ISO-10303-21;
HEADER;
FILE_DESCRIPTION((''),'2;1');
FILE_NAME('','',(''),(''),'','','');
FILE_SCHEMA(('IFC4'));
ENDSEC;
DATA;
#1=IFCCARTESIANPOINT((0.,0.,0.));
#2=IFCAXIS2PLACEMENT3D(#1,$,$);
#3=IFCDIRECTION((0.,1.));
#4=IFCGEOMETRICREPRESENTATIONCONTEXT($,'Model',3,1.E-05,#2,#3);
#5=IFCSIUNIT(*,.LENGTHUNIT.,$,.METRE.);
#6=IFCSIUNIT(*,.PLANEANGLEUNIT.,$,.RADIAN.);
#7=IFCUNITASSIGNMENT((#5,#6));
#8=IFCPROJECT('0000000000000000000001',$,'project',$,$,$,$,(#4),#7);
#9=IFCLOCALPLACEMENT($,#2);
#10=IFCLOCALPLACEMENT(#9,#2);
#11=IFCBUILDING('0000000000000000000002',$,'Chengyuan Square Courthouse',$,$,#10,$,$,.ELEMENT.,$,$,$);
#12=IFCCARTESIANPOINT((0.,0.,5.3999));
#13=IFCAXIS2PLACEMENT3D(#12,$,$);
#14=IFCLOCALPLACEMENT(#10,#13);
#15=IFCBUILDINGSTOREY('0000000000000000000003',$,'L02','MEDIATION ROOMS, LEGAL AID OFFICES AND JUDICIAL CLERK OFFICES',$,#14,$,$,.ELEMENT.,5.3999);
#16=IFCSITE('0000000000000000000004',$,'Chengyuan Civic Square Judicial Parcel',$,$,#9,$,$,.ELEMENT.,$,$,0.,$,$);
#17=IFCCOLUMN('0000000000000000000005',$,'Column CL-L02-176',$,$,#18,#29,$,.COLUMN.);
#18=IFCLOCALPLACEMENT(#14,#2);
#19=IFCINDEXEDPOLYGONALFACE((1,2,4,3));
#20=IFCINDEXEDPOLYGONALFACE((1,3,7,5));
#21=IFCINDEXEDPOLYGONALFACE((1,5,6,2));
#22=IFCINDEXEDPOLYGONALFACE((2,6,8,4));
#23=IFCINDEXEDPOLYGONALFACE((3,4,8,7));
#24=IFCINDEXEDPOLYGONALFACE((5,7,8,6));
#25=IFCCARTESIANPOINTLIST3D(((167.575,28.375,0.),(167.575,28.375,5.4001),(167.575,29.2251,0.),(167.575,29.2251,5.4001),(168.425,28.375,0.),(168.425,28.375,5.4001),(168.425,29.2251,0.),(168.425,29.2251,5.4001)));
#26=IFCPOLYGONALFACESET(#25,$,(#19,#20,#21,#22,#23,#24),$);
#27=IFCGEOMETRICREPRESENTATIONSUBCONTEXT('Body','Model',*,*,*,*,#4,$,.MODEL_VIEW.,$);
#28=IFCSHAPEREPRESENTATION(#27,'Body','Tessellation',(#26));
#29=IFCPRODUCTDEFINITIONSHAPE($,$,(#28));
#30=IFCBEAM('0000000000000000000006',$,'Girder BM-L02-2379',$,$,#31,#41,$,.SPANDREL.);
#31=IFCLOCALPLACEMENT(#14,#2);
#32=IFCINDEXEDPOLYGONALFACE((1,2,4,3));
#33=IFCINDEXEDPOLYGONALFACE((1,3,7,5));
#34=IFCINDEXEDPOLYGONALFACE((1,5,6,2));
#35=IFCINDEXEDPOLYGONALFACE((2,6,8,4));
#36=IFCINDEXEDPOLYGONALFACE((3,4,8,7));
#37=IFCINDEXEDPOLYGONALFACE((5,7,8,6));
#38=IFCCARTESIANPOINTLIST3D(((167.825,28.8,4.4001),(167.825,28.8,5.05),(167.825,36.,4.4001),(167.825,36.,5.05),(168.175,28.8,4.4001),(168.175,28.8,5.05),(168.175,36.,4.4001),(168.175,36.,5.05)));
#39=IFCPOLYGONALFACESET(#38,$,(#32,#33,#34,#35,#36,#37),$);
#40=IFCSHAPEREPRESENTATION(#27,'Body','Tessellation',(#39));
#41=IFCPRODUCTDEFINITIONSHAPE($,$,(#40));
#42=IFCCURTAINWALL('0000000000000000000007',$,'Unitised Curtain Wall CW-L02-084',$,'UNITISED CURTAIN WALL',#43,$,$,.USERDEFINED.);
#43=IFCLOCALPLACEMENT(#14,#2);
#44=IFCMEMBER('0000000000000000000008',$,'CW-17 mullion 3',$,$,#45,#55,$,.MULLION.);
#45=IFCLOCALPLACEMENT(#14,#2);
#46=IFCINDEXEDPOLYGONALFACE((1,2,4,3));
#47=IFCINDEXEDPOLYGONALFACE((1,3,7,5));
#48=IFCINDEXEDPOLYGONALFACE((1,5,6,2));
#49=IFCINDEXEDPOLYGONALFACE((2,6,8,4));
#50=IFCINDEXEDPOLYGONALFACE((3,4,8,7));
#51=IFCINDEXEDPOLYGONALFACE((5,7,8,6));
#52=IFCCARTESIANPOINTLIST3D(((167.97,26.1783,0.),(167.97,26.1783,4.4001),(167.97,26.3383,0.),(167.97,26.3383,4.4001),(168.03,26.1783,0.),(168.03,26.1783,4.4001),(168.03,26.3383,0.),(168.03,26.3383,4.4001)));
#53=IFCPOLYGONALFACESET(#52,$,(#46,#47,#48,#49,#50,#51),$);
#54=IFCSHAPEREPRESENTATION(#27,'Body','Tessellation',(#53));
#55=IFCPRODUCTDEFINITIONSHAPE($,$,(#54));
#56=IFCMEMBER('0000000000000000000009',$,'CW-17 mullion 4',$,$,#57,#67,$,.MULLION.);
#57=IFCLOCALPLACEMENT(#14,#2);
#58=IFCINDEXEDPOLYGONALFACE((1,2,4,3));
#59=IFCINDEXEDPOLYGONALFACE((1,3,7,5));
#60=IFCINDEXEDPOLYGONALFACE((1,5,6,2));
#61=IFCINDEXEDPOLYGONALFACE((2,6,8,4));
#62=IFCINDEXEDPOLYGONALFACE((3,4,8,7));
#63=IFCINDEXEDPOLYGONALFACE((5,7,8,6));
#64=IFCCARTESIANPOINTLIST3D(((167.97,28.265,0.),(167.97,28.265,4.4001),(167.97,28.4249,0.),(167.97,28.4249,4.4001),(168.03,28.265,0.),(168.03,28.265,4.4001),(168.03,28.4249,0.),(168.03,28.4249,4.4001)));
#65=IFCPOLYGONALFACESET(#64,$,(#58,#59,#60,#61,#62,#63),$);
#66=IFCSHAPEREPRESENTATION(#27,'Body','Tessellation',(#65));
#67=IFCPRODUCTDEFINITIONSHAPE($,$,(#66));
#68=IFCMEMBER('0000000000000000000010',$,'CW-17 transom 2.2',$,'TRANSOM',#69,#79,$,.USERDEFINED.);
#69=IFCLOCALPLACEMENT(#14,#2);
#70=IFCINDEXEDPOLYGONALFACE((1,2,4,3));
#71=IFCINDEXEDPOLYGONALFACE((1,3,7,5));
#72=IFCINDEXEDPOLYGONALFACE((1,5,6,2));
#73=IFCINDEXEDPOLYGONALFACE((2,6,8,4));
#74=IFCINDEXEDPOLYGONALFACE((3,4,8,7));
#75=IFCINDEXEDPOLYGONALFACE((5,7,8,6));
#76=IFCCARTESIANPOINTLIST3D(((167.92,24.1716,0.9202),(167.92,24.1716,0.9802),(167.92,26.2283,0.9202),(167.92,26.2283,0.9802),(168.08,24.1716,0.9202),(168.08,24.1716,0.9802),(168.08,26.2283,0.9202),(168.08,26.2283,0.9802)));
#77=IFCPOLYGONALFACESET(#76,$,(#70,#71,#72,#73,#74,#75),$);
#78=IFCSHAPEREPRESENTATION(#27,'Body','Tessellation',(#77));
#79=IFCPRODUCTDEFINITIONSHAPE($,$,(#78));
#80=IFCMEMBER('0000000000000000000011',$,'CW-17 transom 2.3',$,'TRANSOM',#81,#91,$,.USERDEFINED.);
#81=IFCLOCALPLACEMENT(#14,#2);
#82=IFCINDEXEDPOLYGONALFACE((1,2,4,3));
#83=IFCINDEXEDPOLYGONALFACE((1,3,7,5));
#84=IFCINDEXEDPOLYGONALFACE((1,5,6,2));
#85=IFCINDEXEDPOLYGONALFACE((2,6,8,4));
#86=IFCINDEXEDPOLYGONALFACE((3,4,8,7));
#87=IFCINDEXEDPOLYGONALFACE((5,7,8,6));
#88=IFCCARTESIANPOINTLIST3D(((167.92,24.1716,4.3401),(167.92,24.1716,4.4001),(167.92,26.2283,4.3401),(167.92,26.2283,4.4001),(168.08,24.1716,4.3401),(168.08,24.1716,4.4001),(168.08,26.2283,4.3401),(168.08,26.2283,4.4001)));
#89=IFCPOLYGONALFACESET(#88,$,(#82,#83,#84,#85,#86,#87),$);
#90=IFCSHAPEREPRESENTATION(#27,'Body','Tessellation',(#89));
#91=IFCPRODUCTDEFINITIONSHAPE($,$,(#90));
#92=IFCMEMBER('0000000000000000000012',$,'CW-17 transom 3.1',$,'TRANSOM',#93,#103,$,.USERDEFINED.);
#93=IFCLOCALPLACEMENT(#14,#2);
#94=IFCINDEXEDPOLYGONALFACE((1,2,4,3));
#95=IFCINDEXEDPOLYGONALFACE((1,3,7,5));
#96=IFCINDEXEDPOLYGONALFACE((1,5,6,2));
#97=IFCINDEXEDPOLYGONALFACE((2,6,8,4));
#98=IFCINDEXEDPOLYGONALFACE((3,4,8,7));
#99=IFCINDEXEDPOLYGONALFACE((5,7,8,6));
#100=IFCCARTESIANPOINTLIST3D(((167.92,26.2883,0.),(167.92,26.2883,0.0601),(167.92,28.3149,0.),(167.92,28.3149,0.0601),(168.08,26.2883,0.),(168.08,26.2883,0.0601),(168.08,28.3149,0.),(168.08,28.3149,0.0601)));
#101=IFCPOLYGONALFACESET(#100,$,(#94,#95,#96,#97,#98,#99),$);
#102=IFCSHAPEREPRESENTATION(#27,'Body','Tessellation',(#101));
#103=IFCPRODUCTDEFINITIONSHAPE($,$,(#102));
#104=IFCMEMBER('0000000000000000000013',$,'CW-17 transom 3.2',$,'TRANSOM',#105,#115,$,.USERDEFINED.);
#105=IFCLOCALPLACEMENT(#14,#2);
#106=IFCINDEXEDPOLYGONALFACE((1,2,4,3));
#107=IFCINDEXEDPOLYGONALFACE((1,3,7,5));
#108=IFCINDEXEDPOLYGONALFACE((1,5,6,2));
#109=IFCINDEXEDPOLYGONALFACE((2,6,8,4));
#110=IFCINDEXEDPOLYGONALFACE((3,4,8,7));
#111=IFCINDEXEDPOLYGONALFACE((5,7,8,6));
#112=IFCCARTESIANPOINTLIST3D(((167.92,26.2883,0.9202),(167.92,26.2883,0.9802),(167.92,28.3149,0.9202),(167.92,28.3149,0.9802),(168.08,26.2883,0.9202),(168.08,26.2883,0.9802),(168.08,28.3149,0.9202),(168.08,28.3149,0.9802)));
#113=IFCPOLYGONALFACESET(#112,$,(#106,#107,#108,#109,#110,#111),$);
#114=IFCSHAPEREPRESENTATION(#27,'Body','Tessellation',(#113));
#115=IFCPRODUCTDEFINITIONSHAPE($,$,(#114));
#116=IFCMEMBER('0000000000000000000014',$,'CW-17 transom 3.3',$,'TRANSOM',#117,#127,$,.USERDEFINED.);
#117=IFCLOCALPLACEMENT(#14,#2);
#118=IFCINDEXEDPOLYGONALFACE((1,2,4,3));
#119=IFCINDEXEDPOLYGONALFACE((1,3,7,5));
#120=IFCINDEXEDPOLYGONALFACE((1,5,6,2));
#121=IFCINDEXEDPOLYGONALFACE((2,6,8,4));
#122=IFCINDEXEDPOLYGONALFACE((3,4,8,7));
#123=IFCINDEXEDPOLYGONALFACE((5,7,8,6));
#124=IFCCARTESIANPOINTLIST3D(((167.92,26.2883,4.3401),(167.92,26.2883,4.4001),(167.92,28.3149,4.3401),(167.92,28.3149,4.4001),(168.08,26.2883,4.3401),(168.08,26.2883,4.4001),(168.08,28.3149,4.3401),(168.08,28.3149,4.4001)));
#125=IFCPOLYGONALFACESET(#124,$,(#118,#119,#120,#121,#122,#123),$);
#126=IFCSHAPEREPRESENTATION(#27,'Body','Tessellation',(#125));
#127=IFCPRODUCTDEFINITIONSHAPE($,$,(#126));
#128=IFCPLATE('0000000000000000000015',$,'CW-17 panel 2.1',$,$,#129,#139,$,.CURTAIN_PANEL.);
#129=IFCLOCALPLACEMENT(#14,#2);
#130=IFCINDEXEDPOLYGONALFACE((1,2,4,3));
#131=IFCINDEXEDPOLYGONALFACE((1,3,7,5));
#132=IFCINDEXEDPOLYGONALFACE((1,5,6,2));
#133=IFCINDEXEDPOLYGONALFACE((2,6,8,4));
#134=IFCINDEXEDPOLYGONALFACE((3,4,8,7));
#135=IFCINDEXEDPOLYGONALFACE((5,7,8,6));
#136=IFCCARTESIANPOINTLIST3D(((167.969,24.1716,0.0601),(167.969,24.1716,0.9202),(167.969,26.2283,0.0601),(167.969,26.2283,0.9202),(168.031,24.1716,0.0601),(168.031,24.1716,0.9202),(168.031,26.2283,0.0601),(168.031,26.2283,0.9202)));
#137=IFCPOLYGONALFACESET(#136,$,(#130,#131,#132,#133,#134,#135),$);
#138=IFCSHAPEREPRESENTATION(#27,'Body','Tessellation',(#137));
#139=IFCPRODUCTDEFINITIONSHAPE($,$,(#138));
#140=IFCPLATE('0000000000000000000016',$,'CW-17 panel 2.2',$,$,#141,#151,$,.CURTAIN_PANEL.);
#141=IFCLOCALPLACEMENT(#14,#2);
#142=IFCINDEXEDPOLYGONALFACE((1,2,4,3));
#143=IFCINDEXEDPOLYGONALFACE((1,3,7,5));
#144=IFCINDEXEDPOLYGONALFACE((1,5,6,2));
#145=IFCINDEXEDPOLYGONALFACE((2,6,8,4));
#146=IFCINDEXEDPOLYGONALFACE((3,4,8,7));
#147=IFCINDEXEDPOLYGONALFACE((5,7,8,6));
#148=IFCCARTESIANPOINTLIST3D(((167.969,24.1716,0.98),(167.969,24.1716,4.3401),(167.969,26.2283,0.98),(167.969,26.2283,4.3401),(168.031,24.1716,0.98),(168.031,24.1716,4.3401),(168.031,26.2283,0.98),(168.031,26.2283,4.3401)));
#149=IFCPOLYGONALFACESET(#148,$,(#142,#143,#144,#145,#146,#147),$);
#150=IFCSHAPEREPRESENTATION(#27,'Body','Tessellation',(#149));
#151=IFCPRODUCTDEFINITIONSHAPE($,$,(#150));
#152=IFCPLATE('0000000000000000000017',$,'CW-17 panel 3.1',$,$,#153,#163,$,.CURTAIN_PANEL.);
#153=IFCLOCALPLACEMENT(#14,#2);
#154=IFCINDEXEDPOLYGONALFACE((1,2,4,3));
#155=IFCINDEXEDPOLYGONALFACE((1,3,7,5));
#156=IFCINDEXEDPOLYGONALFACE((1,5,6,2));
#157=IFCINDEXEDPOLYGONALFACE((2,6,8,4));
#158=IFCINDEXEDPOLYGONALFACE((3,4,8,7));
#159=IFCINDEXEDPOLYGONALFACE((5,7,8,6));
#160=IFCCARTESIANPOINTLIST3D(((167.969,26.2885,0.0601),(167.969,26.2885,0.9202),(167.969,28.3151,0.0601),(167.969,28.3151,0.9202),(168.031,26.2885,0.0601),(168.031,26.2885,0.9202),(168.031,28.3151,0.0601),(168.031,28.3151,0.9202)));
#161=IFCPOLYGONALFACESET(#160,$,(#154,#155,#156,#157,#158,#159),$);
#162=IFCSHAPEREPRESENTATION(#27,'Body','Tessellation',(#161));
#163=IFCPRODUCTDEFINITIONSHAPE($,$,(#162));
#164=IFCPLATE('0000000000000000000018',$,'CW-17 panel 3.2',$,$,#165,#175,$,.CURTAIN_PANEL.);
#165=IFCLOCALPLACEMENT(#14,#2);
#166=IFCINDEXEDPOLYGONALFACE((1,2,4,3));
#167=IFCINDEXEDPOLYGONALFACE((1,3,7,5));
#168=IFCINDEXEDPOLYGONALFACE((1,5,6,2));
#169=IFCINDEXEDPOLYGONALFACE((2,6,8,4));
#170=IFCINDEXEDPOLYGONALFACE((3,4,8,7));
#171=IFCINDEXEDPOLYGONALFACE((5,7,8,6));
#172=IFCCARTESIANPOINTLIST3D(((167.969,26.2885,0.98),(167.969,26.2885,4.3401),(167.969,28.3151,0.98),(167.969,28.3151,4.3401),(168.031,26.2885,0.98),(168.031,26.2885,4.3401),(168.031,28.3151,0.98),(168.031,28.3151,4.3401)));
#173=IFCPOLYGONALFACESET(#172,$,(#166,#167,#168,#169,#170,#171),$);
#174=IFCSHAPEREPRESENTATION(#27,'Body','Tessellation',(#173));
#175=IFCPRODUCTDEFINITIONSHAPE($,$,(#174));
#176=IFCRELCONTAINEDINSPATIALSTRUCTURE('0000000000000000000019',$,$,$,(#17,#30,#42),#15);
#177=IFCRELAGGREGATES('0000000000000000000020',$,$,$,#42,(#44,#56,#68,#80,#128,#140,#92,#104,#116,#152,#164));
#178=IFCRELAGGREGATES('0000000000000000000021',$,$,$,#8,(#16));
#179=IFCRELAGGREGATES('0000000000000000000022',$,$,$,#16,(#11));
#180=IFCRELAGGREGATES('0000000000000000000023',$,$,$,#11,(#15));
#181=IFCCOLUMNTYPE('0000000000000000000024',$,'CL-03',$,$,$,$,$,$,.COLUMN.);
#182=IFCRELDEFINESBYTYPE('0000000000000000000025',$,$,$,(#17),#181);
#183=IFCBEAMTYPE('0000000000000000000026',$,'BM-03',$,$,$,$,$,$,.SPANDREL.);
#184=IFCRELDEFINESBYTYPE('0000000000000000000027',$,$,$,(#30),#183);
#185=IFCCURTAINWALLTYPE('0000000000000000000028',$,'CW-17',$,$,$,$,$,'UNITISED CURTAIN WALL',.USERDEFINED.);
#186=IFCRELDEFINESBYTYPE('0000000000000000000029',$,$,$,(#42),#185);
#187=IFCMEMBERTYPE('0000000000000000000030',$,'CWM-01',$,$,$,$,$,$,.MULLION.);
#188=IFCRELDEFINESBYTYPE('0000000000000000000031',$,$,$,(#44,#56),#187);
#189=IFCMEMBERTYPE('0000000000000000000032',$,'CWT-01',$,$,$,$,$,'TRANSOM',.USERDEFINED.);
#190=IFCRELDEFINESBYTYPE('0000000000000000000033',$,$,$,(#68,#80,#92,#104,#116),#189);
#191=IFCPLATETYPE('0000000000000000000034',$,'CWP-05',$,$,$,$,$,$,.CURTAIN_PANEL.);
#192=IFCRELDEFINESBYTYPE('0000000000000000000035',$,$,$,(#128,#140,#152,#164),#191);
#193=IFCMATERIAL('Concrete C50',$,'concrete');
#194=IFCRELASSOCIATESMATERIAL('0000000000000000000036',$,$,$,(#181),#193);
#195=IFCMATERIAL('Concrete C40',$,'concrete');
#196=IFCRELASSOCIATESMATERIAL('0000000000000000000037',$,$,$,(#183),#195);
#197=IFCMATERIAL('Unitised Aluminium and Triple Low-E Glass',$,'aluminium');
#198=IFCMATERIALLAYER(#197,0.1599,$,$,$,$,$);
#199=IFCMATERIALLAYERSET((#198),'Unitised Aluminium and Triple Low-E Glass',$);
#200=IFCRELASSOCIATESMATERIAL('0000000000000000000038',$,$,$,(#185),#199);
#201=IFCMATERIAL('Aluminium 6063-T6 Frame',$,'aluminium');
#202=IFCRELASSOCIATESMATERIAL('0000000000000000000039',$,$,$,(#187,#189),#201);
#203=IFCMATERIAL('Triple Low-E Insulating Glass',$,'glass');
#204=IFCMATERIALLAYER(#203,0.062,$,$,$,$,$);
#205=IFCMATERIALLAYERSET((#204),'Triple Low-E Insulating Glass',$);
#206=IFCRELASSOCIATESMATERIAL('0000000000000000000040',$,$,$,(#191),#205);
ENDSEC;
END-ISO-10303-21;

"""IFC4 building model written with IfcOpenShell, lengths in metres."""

from ifc_helpers import new_model, si_unit, direction, frame, origin, origin_2d, place, context, subcontext, project, spatial, rectangle, extrude, material, layer, layer_set, material_profile, profile_set, type_object, element, aggregate, save


model = new_model("IFC4")

# Units and contexts
model_context = context("Model", 3, precision=1e-05, world=origin(), true_north=direction((0.0, 1.0)))
body_context = subcontext(model_context, "Body", "Model", "MODEL_VIEW")
ifc_project = project(units=[si_unit("LENGTHUNIT", "METRE"), si_unit("PLANEANGLEUNIT", "RADIAN")], contexts=[model_context])

# Site, building, storey
site_placement = place(None, origin())
site = spatial("IfcSite", under=ifc_project, at=site_placement, Name="Chengyuan Civic Square Judicial Parcel", CompositionType="ELEMENT", RefElevation=0.0)
building_placement = place(site_placement, origin())
building = spatial("IfcBuilding", under=site, at=building_placement, Name="Chengyuan Square Courthouse", CompositionType="ELEMENT")
storey_placement = place(building_placement, frame((0.0, 0.0, 5.3999)))
storey = spatial("IfcBuildingStorey", under=building, at=storey_placement, Name="L02", Description="MEDIATION ROOMS, LEGAL AID OFFICES AND JUDICIAL CLERK OFFICES", CompositionType="ELEMENT", Elevation=5.3999)

# Column
ifc_material_1 = material(Name="Concrete C50", Category="concrete")
ifc_material_profile_1 = material_profile(ifc_material_1, rectangle(XDim=0.8501, YDim=0.8501, at=origin_2d()), Name="RC-COL-850x850")
ifc_profile_set_1 = profile_set([ifc_material_profile_1], Name="Concrete C50")
column_type = type_object("IfcColumnType", Name="CL-03", PredefinedType="COLUMN", material=ifc_profile_set_1)
column_placement = place(storey_placement, frame((168.0, 28.8, 0.0), z_axis=(0.0, 0.0, 1.0), x_axis=(1.0, 0.0, 0.0)))
element("IfcColumn", 1, at=column_placement, inside=storey, type_object=column_type, Name="Column CL-L02-176", PredefinedType="COLUMN", context=body_context, shape_type="SweptSolid", body=[
    extrude(rectangle(XDim=0.8501, YDim=0.8501, at=origin_2d()), origin(), (0.0, 0.0, 1.0), 5.4001),
])

# Beam
ifc_material_2 = material(Name="Concrete C40", Category="concrete")
ifc_material_profile_2 = material_profile(ifc_material_2, rectangle(XDim=0.3501, YDim=0.6499, at=origin_2d()), Name="RC-BM-350x650")
ifc_profile_set_2 = profile_set([ifc_material_profile_2], Name="Concrete C40")
beam_type = type_object("IfcBeamType", Name="BM-03", PredefinedType="SPANDREL", material=ifc_profile_set_2)
beam_placement = place(storey_placement, frame((168.0, 28.8, 4.7251), z_axis=(0.0, 1.0, 0.0), x_axis=(-1.0, 0.0, 0.0)))
element("IfcBeam", 2, at=beam_placement, inside=storey, type_object=beam_type, Name="Girder BM-L02-2379", PredefinedType="SPANDREL", context=body_context, shape_type="SweptSolid", body=[
    extrude(rectangle(XDim=0.3501, YDim=0.6499, at=origin_2d()), origin(), (0.0, 0.0, 1.0), 7.2),
])

# Curtain wall, members, plates
ifc_material_3 = material(Name="Unitised Aluminium and Triple Low-E Glass", Category="aluminium")
ifc_layer_1 = layer(ifc_material_3, 0.1599)
ifc_layer_set_1 = layer_set([ifc_layer_1], Name="Unitised Aluminium and Triple Low-E Glass")
curtain_wall_type = type_object("IfcCurtainWallType", Name="CW-17", ElementType="UNITISED CURTAIN WALL", PredefinedType="USERDEFINED", material=ifc_layer_set_1)
curtain_wall_placement = place(storey_placement, origin())
curtain_wall = element("IfcCurtainWall", 3, at=curtain_wall_placement, inside=storey, type_object=curtain_wall_type, Name="Unitised Curtain Wall CW-L02-084", ObjectType="UNITISED CURTAIN WALL", PredefinedType="USERDEFINED")
ifc_material_4 = material(Name="Aluminium 6063-T6 Frame", Category="aluminium")
ifc_material_profile_3 = material_profile(ifc_material_4, rectangle(XDim=0.0601, YDim=0.1599, at=origin_2d()), Name="CW-MUL-60x160")
ifc_profile_set_3 = profile_set([ifc_material_profile_3], Name="Aluminium 6063-T6 Frame")
member_type_1 = type_object("IfcMemberType", Name="CWM-01", PredefinedType="MULLION", material=ifc_profile_set_3)
member_1_placement = place(storey_placement, frame((168.0, 26.2583, 0.0), z_axis=(0.0, 0.0, 1.0), x_axis=(-1.0, 0.0, 0.0)))
member_1 = element("IfcMember", 4, at=member_1_placement, type_object=member_type_1, Name="CW-17 mullion 3", PredefinedType="MULLION", context=body_context, shape_type="SweptSolid", body=[
    extrude(rectangle(XDim=0.0601, YDim=0.1599, at=origin_2d()), origin(), (0.0, 0.0, 1.0), 4.4001),
])
member_2_placement = place(storey_placement, frame((168.0, 28.345, 0.0), z_axis=(0.0, 0.0, 1.0), x_axis=(-1.0, 0.0, 0.0)))
member_2 = element("IfcMember", 5, at=member_2_placement, type_object=member_type_1, Name="CW-17 mullion 4", PredefinedType="MULLION", context=body_context, shape_type="SweptSolid", body=[
    extrude(rectangle(XDim=0.0601, YDim=0.1599, at=origin_2d()), origin(), (0.0, 0.0, 1.0), 4.4001),
])
ifc_material_profile_4 = material_profile(ifc_material_4, rectangle(XDim=0.1599, YDim=0.0601, at=origin_2d()), Name="CW-TRN-60x120")
ifc_profile_set_4 = profile_set([ifc_material_profile_4], Name="Aluminium 6063-T6 Frame")
member_type_2 = type_object("IfcMemberType", Name="CWT-01", ElementType="TRANSOM", PredefinedType="USERDEFINED", material=ifc_profile_set_4)
member_3_placement = place(storey_placement, frame((168.0, 24.1716, 0.9502), z_axis=(0.0, 1.0, 0.0), x_axis=(-1.0, 0.0, 0.0)))
member_3 = element("IfcMember", 6, at=member_3_placement, type_object=member_type_2, Name="CW-17 transom 2.2", ObjectType="TRANSOM", PredefinedType="USERDEFINED", context=body_context, shape_type="SweptSolid", body=[
    extrude(rectangle(XDim=0.1599, YDim=0.0601, at=origin_2d()), origin(), (0.0, 0.0, 1.0), 2.0566),
])
member_4_placement = place(storey_placement, frame((168.0, 24.1716, 4.3701), z_axis=(0.0, 1.0, 0.0), x_axis=(-1.0, 0.0, 0.0)))
member_4 = element("IfcMember", 7, at=member_4_placement, type_object=member_type_2, Name="CW-17 transom 2.3", ObjectType="TRANSOM", PredefinedType="USERDEFINED", context=body_context, shape_type="SweptSolid", body=[
    extrude(rectangle(XDim=0.1599, YDim=0.0601, at=origin_2d()), origin(), (0.0, 0.0, 1.0), 2.0566),
])
member_5_placement = place(storey_placement, frame((168.0, 26.2883, 0.03), z_axis=(0.0, 1.0, 0.0), x_axis=(-1.0, 0.0, 0.0)))
member_5 = element("IfcMember", 8, at=member_5_placement, type_object=member_type_2, Name="CW-17 transom 3.1", ObjectType="TRANSOM", PredefinedType="USERDEFINED", context=body_context, shape_type="SweptSolid", body=[
    extrude(rectangle(XDim=0.1599, YDim=0.0601, at=origin_2d()), origin(), (0.0, 0.0, 1.0), 2.0266),
])
member_6_placement = place(storey_placement, frame((168.0, 26.2883, 0.9502), z_axis=(0.0, 1.0, 0.0), x_axis=(-1.0, 0.0, 0.0)))
member_6 = element("IfcMember", 9, at=member_6_placement, type_object=member_type_2, Name="CW-17 transom 3.2", ObjectType="TRANSOM", PredefinedType="USERDEFINED", context=body_context, shape_type="SweptSolid", body=[
    extrude(rectangle(XDim=0.1599, YDim=0.0601, at=origin_2d()), origin(), (0.0, 0.0, 1.0), 2.0266),
])
member_7_placement = place(storey_placement, frame((168.0, 26.2883, 4.3701), z_axis=(0.0, 1.0, 0.0), x_axis=(-1.0, 0.0, 0.0)))
member_7 = element("IfcMember", 10, at=member_7_placement, type_object=member_type_2, Name="CW-17 transom 3.3", ObjectType="TRANSOM", PredefinedType="USERDEFINED", context=body_context, shape_type="SweptSolid", body=[
    extrude(rectangle(XDim=0.1599, YDim=0.0601, at=origin_2d()), origin(), (0.0, 0.0, 1.0), 2.0266),
])
ifc_material_5 = material(Name="Triple Low-E Insulating Glass", Category="glass")
ifc_layer_2 = layer(ifc_material_5, 0.062)
ifc_layer_set_2 = layer_set([ifc_layer_2], Name="Triple Low-E Insulating Glass")
plate_type = type_object("IfcPlateType", Name="CWP-05", PredefinedType="CURTAIN_PANEL", material=ifc_layer_set_2)
plate_1_placement = place(storey_placement, frame((168.0, 25.2, 0.0601), z_axis=(0.0, 0.0, 1.0), x_axis=(0.0, 1.0, 0.0)))
plate_1 = element("IfcPlate", 11, at=plate_1_placement, type_object=plate_type, Name="CW-17 panel 2.1", PredefinedType="CURTAIN_PANEL", context=body_context, shape_type="SweptSolid", body=[
    extrude(rectangle(XDim=2.0566, YDim=0.062, at=origin_2d()), origin(), (0.0, 0.0, 1.0), 0.8601),
])
plate_2_placement = place(storey_placement, frame((168.0, 25.2, 0.98), z_axis=(0.0, 0.0, 1.0), x_axis=(0.0, 1.0, 0.0)))
plate_2 = element("IfcPlate", 12, at=plate_2_placement, type_object=plate_type, Name="CW-17 panel 2.2", PredefinedType="CURTAIN_PANEL", context=body_context, shape_type="SweptSolid", body=[
    extrude(rectangle(XDim=2.0566, YDim=0.062, at=origin_2d()), origin(), (0.0, 0.0, 1.0), 3.3601),
])
plate_3_placement = place(storey_placement, frame((168.0, 27.3018, 0.0601), z_axis=(0.0, 0.0, 1.0), x_axis=(0.0, 1.0, 0.0)))
plate_3 = element("IfcPlate", 13, at=plate_3_placement, type_object=plate_type, Name="CW-17 panel 3.1", PredefinedType="CURTAIN_PANEL", context=body_context, shape_type="SweptSolid", body=[
    extrude(rectangle(XDim=2.0266, YDim=0.062, at=origin_2d()), origin(), (0.0, 0.0, 1.0), 0.8601),
])
plate_4_placement = place(storey_placement, frame((168.0, 27.3018, 0.98), z_axis=(0.0, 0.0, 1.0), x_axis=(0.0, 1.0, 0.0)))
plate_4 = element("IfcPlate", 14, at=plate_4_placement, type_object=plate_type, Name="CW-17 panel 3.2", PredefinedType="CURTAIN_PANEL", context=body_context, shape_type="SweptSolid", body=[
    extrude(rectangle(XDim=2.0266, YDim=0.062, at=origin_2d()), origin(), (0.0, 0.0, 1.0), 3.3601),
])
aggregate(curtain_wall, [member_1, member_2, member_3, member_4, plate_1, plate_2, member_5, member_6, member_7, plate_3, plate_4])

save(model, "model.ifc")
